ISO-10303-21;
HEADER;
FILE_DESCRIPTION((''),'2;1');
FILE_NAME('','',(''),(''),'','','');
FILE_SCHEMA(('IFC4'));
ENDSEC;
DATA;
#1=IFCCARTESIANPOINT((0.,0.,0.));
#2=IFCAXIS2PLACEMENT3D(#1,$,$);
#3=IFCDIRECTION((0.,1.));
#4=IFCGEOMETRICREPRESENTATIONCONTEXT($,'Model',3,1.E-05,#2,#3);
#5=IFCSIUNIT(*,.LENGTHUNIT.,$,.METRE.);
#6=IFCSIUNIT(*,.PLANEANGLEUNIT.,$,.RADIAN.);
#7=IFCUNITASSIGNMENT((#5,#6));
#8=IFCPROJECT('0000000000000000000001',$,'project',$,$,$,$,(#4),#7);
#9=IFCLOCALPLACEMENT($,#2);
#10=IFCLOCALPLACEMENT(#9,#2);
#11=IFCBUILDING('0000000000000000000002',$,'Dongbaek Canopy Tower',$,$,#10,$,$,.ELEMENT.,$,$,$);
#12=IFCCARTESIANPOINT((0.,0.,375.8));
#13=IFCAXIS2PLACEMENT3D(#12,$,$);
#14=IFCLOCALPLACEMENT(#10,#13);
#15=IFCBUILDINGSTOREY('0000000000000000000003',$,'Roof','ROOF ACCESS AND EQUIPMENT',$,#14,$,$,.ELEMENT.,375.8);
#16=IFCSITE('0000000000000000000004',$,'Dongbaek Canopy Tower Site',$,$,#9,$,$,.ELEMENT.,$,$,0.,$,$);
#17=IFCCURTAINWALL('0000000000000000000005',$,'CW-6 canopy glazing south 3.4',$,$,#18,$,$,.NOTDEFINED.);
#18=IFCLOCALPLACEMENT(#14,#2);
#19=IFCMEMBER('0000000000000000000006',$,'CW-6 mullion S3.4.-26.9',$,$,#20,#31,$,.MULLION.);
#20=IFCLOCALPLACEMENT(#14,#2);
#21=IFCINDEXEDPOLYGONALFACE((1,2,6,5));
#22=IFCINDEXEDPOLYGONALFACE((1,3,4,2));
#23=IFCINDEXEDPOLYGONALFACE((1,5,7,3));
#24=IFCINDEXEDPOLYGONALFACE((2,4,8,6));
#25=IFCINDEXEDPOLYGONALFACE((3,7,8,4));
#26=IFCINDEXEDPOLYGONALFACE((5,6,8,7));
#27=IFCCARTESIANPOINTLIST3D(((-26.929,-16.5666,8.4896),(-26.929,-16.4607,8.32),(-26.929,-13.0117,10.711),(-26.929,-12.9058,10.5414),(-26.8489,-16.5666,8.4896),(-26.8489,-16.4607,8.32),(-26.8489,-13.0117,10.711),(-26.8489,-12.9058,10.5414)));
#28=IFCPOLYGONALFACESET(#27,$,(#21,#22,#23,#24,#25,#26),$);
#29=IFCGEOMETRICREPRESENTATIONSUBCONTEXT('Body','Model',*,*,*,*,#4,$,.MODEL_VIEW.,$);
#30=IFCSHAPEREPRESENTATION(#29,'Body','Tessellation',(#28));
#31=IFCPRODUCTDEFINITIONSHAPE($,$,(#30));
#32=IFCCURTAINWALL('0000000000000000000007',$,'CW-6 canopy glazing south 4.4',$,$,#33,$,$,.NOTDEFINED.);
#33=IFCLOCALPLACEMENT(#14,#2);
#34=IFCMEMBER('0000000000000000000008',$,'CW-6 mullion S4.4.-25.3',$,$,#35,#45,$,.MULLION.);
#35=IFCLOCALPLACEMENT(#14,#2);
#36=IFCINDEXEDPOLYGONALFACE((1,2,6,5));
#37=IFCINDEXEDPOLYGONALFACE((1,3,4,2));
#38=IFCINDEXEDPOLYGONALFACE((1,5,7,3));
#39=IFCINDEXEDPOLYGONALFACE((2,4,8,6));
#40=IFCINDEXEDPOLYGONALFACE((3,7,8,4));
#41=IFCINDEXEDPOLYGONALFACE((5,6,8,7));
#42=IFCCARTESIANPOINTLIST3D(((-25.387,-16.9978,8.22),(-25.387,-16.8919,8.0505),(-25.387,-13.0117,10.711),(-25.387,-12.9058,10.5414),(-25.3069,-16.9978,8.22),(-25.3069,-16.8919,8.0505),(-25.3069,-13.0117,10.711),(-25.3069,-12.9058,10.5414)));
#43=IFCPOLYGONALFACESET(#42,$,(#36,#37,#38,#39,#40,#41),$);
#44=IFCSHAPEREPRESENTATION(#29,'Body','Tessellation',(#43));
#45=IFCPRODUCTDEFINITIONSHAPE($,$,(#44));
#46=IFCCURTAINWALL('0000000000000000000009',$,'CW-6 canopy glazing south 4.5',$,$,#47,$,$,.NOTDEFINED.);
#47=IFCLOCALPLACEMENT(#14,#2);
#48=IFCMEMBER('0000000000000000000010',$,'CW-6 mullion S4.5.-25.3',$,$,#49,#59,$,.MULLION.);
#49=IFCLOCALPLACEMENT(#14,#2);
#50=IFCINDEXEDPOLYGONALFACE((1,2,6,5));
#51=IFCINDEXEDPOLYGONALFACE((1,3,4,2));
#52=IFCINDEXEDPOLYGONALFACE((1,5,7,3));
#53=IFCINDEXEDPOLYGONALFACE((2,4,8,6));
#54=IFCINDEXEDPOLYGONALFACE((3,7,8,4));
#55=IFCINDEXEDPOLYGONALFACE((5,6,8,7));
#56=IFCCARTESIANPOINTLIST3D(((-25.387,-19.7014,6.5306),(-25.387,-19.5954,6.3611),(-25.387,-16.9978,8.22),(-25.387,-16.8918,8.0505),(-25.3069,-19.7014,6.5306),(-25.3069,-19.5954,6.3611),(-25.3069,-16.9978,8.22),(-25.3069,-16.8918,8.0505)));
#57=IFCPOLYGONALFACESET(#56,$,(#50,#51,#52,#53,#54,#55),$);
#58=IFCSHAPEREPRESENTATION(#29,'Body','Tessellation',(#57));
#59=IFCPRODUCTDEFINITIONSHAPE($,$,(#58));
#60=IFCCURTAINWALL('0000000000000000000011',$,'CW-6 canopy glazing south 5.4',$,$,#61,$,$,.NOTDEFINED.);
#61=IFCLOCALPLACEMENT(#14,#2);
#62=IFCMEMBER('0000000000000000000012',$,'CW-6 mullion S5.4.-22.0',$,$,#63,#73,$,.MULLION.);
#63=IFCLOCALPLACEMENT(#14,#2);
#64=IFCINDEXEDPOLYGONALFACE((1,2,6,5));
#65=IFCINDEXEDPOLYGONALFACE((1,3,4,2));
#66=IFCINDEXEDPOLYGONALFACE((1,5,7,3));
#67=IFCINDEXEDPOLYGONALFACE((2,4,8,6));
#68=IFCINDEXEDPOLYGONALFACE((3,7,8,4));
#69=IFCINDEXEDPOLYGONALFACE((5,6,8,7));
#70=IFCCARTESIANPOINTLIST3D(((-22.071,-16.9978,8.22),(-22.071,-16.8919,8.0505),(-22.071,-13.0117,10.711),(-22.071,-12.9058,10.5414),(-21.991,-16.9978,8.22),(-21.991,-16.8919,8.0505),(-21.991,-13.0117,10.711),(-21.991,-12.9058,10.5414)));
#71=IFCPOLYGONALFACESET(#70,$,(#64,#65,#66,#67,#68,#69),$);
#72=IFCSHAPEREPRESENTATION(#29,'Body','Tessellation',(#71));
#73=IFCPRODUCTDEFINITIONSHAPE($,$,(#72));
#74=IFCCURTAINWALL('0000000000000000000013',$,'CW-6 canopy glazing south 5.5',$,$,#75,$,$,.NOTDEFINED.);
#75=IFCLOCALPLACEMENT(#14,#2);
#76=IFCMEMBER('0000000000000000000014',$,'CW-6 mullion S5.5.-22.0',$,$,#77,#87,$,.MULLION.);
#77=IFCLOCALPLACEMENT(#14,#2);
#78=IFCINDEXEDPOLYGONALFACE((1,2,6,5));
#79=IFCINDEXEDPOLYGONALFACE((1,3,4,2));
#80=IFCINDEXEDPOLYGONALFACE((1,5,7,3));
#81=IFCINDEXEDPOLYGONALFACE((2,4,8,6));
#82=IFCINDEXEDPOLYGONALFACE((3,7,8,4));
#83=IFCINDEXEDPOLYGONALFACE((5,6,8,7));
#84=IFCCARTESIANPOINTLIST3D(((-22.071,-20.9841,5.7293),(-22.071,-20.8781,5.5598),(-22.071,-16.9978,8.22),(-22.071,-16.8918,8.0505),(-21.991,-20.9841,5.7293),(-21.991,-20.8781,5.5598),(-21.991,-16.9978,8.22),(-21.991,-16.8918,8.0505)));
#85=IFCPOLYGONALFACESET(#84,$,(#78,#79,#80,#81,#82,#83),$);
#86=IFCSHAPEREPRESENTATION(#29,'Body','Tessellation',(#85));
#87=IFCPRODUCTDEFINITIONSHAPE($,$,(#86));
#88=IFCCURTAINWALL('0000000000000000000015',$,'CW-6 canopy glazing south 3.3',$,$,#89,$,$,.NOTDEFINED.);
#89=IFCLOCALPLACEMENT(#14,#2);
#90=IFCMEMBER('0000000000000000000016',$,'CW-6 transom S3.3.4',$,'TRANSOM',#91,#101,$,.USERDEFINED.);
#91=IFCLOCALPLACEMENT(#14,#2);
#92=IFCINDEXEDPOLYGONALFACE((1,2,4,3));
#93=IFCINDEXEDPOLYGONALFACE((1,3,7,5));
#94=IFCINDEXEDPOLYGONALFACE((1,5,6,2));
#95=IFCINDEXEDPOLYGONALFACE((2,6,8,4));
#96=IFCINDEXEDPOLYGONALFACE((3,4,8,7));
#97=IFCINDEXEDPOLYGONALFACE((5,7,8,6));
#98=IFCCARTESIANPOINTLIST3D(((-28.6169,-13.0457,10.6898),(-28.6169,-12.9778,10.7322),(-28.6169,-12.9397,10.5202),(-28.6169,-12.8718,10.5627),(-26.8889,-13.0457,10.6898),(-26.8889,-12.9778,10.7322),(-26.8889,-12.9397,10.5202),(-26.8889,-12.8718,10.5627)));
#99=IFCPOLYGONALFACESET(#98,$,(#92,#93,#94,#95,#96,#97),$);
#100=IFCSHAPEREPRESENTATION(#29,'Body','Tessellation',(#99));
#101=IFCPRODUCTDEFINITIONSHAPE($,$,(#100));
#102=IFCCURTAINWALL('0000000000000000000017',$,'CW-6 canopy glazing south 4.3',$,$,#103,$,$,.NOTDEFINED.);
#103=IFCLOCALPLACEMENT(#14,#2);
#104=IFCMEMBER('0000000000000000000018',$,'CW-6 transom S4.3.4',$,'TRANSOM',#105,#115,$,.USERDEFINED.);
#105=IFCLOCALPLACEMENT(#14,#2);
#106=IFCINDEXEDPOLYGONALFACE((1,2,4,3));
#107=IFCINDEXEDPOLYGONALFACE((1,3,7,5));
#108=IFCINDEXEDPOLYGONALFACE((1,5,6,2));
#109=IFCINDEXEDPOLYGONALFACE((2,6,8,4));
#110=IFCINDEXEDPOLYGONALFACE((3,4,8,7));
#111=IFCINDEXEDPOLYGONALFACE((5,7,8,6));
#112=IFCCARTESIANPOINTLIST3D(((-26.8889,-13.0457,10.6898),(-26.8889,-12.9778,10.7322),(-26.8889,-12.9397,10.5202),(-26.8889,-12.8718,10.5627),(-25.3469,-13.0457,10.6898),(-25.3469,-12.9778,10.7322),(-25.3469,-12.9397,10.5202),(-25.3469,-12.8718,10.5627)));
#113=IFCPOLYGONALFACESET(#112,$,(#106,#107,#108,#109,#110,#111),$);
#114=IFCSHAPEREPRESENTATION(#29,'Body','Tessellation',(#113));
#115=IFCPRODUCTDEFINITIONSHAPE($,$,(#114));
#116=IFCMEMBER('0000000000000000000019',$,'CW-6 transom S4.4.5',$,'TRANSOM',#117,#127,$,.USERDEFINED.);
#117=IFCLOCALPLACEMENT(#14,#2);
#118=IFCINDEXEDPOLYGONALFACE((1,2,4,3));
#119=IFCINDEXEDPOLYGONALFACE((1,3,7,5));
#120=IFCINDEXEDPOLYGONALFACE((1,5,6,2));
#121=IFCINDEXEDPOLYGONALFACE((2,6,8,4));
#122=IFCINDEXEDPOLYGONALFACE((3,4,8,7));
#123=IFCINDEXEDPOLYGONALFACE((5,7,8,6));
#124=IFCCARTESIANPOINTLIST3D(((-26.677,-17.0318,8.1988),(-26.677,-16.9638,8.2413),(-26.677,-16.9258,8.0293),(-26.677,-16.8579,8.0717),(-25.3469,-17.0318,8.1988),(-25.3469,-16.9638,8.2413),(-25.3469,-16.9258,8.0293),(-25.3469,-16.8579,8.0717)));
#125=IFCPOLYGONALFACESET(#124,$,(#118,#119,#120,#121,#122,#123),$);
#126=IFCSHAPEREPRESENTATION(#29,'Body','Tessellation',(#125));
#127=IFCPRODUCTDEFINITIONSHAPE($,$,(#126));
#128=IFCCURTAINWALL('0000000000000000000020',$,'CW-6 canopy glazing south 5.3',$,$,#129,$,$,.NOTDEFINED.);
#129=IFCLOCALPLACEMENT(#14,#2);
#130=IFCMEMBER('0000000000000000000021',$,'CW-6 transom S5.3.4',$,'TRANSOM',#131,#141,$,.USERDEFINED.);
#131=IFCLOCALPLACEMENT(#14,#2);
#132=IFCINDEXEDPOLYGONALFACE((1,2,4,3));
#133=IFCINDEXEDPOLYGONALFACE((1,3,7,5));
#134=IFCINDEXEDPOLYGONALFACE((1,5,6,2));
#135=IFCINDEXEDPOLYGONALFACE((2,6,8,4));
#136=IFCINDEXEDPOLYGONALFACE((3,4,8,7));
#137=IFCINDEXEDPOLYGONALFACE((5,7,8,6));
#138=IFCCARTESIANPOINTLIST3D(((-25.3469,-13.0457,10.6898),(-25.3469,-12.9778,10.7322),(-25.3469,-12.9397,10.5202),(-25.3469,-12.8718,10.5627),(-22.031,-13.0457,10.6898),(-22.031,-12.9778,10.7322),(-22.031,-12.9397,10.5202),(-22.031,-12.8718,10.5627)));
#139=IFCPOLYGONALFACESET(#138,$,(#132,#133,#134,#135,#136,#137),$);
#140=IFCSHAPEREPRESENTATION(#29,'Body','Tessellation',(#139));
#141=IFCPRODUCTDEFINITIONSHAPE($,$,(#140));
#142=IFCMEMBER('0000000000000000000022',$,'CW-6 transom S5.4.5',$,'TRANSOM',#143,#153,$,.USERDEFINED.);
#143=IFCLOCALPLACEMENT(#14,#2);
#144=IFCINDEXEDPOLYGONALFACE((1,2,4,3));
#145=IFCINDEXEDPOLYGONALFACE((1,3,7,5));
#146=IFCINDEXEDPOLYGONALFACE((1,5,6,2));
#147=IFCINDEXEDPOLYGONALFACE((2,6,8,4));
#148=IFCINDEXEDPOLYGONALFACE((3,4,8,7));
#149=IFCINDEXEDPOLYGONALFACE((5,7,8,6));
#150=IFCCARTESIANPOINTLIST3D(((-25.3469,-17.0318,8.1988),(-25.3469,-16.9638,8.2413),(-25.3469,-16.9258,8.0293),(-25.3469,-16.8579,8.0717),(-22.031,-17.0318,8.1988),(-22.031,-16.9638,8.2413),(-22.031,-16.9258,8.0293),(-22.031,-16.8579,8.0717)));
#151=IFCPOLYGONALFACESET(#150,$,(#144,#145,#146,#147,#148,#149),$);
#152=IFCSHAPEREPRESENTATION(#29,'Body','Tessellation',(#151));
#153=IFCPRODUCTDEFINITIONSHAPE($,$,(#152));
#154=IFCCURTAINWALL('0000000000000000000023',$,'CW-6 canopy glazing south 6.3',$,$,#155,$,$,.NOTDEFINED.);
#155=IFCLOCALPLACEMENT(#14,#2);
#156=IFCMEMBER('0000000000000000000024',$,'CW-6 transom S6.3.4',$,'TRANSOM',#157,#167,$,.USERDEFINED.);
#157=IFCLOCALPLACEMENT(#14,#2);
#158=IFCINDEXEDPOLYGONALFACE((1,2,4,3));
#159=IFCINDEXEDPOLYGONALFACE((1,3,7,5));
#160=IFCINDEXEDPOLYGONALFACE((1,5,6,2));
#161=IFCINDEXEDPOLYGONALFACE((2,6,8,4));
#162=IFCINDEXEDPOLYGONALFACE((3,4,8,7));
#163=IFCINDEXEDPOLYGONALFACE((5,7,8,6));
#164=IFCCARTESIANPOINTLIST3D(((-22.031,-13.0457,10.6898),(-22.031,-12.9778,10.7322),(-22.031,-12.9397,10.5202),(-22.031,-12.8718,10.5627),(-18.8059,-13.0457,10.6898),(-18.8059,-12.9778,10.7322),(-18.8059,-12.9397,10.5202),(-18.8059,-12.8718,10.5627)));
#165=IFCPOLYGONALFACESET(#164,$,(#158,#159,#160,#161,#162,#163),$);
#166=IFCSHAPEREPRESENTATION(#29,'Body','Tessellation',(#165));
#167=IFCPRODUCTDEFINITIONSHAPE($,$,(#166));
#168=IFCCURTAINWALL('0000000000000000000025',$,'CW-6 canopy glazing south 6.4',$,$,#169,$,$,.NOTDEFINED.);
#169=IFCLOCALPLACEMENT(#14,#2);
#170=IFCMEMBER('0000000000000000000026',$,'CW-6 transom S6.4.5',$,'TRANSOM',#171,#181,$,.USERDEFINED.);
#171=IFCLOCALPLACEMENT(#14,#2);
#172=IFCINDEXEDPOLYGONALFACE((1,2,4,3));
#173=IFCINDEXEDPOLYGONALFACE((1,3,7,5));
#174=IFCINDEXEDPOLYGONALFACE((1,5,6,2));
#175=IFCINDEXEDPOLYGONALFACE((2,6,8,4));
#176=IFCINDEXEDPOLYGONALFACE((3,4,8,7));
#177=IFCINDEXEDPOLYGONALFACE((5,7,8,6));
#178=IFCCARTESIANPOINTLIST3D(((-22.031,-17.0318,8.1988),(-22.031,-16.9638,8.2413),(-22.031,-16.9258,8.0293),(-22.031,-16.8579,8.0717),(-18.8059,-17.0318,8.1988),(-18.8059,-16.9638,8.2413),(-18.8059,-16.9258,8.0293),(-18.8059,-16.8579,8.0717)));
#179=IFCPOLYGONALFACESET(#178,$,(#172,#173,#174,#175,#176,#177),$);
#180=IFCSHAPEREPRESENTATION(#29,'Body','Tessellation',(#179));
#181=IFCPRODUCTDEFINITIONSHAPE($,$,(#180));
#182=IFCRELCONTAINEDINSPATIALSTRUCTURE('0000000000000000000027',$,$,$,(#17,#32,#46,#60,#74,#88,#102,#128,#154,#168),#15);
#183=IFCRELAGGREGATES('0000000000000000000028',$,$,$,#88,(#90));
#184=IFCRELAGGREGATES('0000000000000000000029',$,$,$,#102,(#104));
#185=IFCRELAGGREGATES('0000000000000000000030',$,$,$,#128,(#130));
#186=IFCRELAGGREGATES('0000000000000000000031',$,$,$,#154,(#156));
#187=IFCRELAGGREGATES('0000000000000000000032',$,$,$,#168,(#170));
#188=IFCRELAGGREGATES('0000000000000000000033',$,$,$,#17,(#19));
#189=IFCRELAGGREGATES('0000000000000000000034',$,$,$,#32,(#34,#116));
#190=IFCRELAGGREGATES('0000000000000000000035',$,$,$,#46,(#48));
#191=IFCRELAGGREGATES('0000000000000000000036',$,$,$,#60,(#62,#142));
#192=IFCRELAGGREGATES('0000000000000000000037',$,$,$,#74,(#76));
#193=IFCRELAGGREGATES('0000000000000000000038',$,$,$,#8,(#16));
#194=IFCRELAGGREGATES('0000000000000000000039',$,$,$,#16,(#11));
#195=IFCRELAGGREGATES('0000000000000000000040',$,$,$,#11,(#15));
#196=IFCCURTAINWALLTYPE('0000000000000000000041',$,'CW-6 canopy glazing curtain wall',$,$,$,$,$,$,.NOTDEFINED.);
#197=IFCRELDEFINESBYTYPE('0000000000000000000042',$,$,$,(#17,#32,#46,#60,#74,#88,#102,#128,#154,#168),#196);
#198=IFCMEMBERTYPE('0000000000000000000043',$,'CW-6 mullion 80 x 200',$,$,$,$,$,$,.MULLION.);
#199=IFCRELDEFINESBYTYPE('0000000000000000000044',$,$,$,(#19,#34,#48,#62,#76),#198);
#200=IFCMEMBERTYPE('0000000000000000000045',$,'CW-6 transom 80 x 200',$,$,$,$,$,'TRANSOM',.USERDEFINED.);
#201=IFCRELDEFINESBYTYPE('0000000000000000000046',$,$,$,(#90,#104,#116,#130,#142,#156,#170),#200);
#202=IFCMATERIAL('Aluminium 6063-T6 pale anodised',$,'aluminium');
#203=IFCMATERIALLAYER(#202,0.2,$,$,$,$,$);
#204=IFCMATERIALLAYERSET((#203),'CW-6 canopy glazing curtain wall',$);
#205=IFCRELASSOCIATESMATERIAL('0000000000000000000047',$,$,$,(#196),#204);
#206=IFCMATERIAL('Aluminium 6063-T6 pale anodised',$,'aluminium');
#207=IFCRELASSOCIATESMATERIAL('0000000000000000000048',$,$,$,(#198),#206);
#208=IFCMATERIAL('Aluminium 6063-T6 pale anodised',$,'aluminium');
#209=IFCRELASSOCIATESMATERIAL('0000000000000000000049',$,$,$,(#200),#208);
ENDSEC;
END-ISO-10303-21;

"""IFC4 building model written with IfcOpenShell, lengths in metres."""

from ifc_helpers import new_model, si_unit, direction, frame, origin, origin_2d, place, context, subcontext, project, spatial, rectangle, extrude, material, layer, layer_set, material_profile, profile_set, type_object, element, aggregate, save


model = new_model("IFC4")

# Units and contexts
model_context = context("Model", 3, precision=1e-05, world=origin(), true_north=direction((0.0, 1.0)))
body_context = subcontext(model_context, "Body", "Model", "MODEL_VIEW")
ifc_project = project(units=[si_unit("LENGTHUNIT", "METRE"), si_unit("PLANEANGLEUNIT", "RADIAN")], contexts=[model_context])

# Site, building, storey
site_placement = place(None, origin())
site = spatial("IfcSite", under=ifc_project, at=site_placement, Name="Dongbaek Canopy Tower Site", CompositionType="ELEMENT", RefElevation=0.0)
building_placement = place(site_placement, origin())
building = spatial("IfcBuilding", under=site, at=building_placement, Name="Dongbaek Canopy Tower", CompositionType="ELEMENT")
storey_placement = place(building_placement, frame((0.0, 0.0, 375.8)))
storey = spatial("IfcBuildingStorey", under=building, at=storey_placement, Name="Roof", Description="ROOF ACCESS AND EQUIPMENT", CompositionType="ELEMENT", Elevation=375.8)

# Curtain walls, members
ifc_material_1 = material(Name="Aluminium 6063-T6 pale anodised", Category="aluminium")
ifc_layer_1 = layer(ifc_material_1, 0.2)
ifc_layer_set_1 = layer_set([ifc_layer_1], Name="CW-6 canopy glazing curtain wall")
curtain_wall_type = type_object("IfcCurtainWallType", Name="CW-6 canopy glazing curtain wall", PredefinedType="NOTDEFINED", material=ifc_layer_set_1)
curtain_wall_1_placement = place(storey_placement, origin())
curtain_wall_1 = element("IfcCurtainWall", 1, at=curtain_wall_1_placement, inside=storey, type_object=curtain_wall_type, Name="CW-6 canopy glazing south 3.4", PredefinedType="NOTDEFINED")
ifc_material_2 = material(Name="Aluminium 6063-T6 pale anodised", Category="aluminium")
ifc_material_profile_1 = material_profile(ifc_material_2, rectangle(XDim=0.0801, YDim=0.2, at=origin_2d()), Name="CW-6 mullion 80 x 200")
ifc_profile_set_1 = profile_set([ifc_material_profile_1], Name="Aluminium 6063-T6 pale anodised")
member_type_1 = type_object("IfcMemberType", Name="CW-6 mullion 80 x 200", PredefinedType="MULLION", material=ifc_profile_set_1)
member_1_placement = place(storey_placement, frame((-26.8889, -12.9587, 10.6262), z_axis=(0.0, -0.848041, -0.529931), x_axis=(1.0, 0.0, 0.0)))
member_1 = element("IfcMember", 2, at=member_1_placement, type_object=member_type_1, Name="CW-6 mullion S3.4.-26.9", PredefinedType="MULLION", context=body_context, shape_type="SweptSolid", body=[
    extrude(rectangle(XDim=0.0801, YDim=0.2, at=origin_2d()), origin(), (0.0, 0.0, 1.0), 4.1919),
])
curtain_wall_2_placement = place(storey_placement, origin())
curtain_wall_2 = element("IfcCurtainWall", 3, at=curtain_wall_2_placement, inside=storey, type_object=curtain_wall_type, Name="CW-6 canopy glazing south 4.4", PredefinedType="NOTDEFINED")
member_2_placement = place(storey_placement, frame((-25.3469, -12.9587, 10.6262), z_axis=(0.0, -0.84803, -0.529948), x_axis=(1.0, 0.0, 0.0)))
member_2 = element("IfcMember", 4, at=member_2_placement, type_object=member_type_1, Name="CW-6 mullion S4.4.-25.3", PredefinedType="MULLION", context=body_context, shape_type="SweptSolid", body=[
    extrude(rectangle(XDim=0.0801, YDim=0.2, at=origin_2d()), origin(), (0.0, 0.0, 1.0), 4.7004),
])
curtain_wall_3_placement = place(storey_placement, origin())
curtain_wall_3 = element("IfcCurtainWall", 5, at=curtain_wall_3_placement, inside=storey, type_object=curtain_wall_type, Name="CW-6 canopy glazing south 4.5", PredefinedType="NOTDEFINED")
member_3_placement = place(storey_placement, frame((-25.3469, -16.9448, 8.1353), z_axis=(0.0, -0.848041, -0.52993), x_axis=(1.0, 0.0, 0.0)))
member_3 = element("IfcMember", 6, at=member_3_placement, type_object=member_type_1, Name="CW-6 mullion S4.5.-25.3", PredefinedType="MULLION", context=body_context, shape_type="SweptSolid", body=[
    extrude(rectangle(XDim=0.0801, YDim=0.2, at=origin_2d()), origin(), (0.0, 0.0, 1.0), 3.188),
])
curtain_wall_4_placement = place(storey_placement, origin())
curtain_wall_4 = element("IfcCurtainWall", 7, at=curtain_wall_4_placement, inside=storey, type_object=curtain_wall_type, Name="CW-6 canopy glazing south 5.4", PredefinedType="NOTDEFINED")
member_4_placement = place(storey_placement, frame((-22.031, -12.9587, 10.6262), z_axis=(0.0, -0.84803, -0.529948), x_axis=(1.0, 0.0, 0.0)))
member_4 = element("IfcMember", 8, at=member_4_placement, type_object=member_type_1, Name="CW-6 mullion S5.4.-22.0", PredefinedType="MULLION", context=body_context, shape_type="SweptSolid", body=[
    extrude(rectangle(XDim=0.0801, YDim=0.2, at=origin_2d()), origin(), (0.0, 0.0, 1.0), 4.7004),
])
curtain_wall_5_placement = place(storey_placement, origin())
curtain_wall_5 = element("IfcCurtainWall", 9, at=curtain_wall_5_placement, inside=storey, type_object=curtain_wall_type, Name="CW-6 canopy glazing south 5.5", PredefinedType="NOTDEFINED")
member_5_placement = place(storey_placement, frame((-22.031, -16.9448, 8.1353), z_axis=(0.0, -0.848068, -0.529887), x_axis=(1.0, 0.0, 0.0)))
member_5 = element("IfcMember", 10, at=member_5_placement, type_object=member_type_1, Name="CW-6 mullion S5.5.-22.0", PredefinedType="MULLION", context=body_context, shape_type="SweptSolid", body=[
    extrude(rectangle(XDim=0.0801, YDim=0.2, at=origin_2d()), origin(), (0.0, 0.0, 1.0), 4.7004),
])
curtain_wall_6_placement = place(storey_placement, origin())
curtain_wall_6 = element("IfcCurtainWall", 11, at=curtain_wall_6_placement, inside=storey, type_object=curtain_wall_type, Name="CW-6 canopy glazing south 3.3", PredefinedType="NOTDEFINED")
ifc_material_3 = material(Name="Aluminium 6063-T6 pale anodised", Category="aluminium")
ifc_material_profile_2 = material_profile(ifc_material_3, rectangle(XDim=0.0801, YDim=0.2, at=origin_2d()), Name="CW-6 transom 80 x 200")
ifc_profile_set_2 = profile_set([ifc_material_profile_2], Name="Aluminium 6063-T6 pale anodised")
member_type_2 = type_object("IfcMemberType", Name="CW-6 transom 80 x 200", ElementType="TRANSOM", PredefinedType="USERDEFINED", material=ifc_profile_set_2)
member_6_placement = place(storey_placement, frame((-28.6169, -12.9587, 10.6262), z_axis=(1.0, 0.0, 0.0), x_axis=(0.0, 0.848048, 0.529919)))
member_6 = element("IfcMember", 12, at=member_6_placement, type_object=member_type_2, Name="CW-6 transom S3.3.4", ObjectType="TRANSOM", PredefinedType="USERDEFINED", context=body_context, shape_type="SweptSolid", body=[
    extrude(rectangle(XDim=0.0801, YDim=0.2, at=origin_2d()), origin(), (0.0, 0.0, 1.0), 1.728),
])
aggregate(curtain_wall_6, [member_6])
curtain_wall_7_placement = place(storey_placement, origin())
curtain_wall_7 = element("IfcCurtainWall", 13, at=curtain_wall_7_placement, inside=storey, type_object=curtain_wall_type, Name="CW-6 canopy glazing south 4.3", PredefinedType="NOTDEFINED")
member_7_placement = place(storey_placement, frame((-26.8889, -12.9587, 10.6262), z_axis=(1.0, 0.0, 0.0), x_axis=(0.0, 0.848048, 0.529919)))
member_7 = element("IfcMember", 14, at=member_7_placement, type_object=member_type_2, Name="CW-6 transom S4.3.4", ObjectType="TRANSOM", PredefinedType="USERDEFINED", context=body_context, shape_type="SweptSolid", body=[
    extrude(rectangle(XDim=0.0801, YDim=0.2, at=origin_2d()), origin(), (0.0, 0.0, 1.0), 1.542),
])
aggregate(curtain_wall_7, [member_7])

# Member
member_8_placement = place(storey_placement, frame((-26.677, -16.9448, 8.1353), z_axis=(1.0, 0.0, 0.0), x_axis=(0.0, 0.848048, 0.529919)))
member_8 = element("IfcMember", 15, at=member_8_placement, type_object=member_type_2, Name="CW-6 transom S4.4.5", ObjectType="TRANSOM", PredefinedType="USERDEFINED", context=body_context, shape_type="SweptSolid", body=[
    extrude(rectangle(XDim=0.0801, YDim=0.2, at=origin_2d()), origin(), (0.0, 0.0, 1.0), 1.3301),
])

# Curtain wall, member
curtain_wall_8_placement = place(storey_placement, origin())
curtain_wall_8 = element("IfcCurtainWall", 16, at=curtain_wall_8_placement, inside=storey, type_object=curtain_wall_type, Name="CW-6 canopy glazing south 5.3", PredefinedType="NOTDEFINED")
member_9_placement = place(storey_placement, frame((-25.3469, -12.9587, 10.6262), z_axis=(1.0, 0.0, 0.0), x_axis=(0.0, 0.848048, 0.529919)))
member_9 = element("IfcMember", 17, at=member_9_placement, type_object=member_type_2, Name="CW-6 transom S5.3.4", ObjectType="TRANSOM", PredefinedType="USERDEFINED", context=body_context, shape_type="SweptSolid", body=[
    extrude(rectangle(XDim=0.0801, YDim=0.2, at=origin_2d()), origin(), (0.0, 0.0, 1.0), 3.3159),
])
aggregate(curtain_wall_8, [member_9])

# Member
member_10_placement = place(storey_placement, frame((-25.3469, -16.9448, 8.1353), z_axis=(1.0, 0.0, 0.0), x_axis=(0.0, 0.848048, 0.529919)))
member_10 = element("IfcMember", 18, at=member_10_placement, type_object=member_type_2, Name="CW-6 transom S5.4.5", ObjectType="TRANSOM", PredefinedType="USERDEFINED", context=body_context, shape_type="SweptSolid", body=[
    extrude(rectangle(XDim=0.0801, YDim=0.2, at=origin_2d()), origin(), (0.0, 0.0, 1.0), 3.3159),
])

# Curtain walls, members
curtain_wall_9_placement = place(storey_placement, origin())
curtain_wall_9 = element("IfcCurtainWall", 19, at=curtain_wall_9_placement, inside=storey, type_object=curtain_wall_type, Name="CW-6 canopy glazing south 6.3", PredefinedType="NOTDEFINED")
member_11_placement = place(storey_placement, frame((-22.031, -12.9587, 10.6262), z_axis=(1.0, 0.0, 0.0), x_axis=(0.0, 0.848048, 0.529919)))
member_11 = element("IfcMember", 20, at=member_11_placement, type_object=member_type_2, Name="CW-6 transom S6.3.4", ObjectType="TRANSOM", PredefinedType="USERDEFINED", context=body_context, shape_type="SweptSolid", body=[
    extrude(rectangle(XDim=0.0801, YDim=0.2, at=origin_2d()), origin(), (0.0, 0.0, 1.0), 3.2251),
])
aggregate(curtain_wall_9, [member_11])
curtain_wall_10_placement = place(storey_placement, origin())
curtain_wall_10 = element("IfcCurtainWall", 21, at=curtain_wall_10_placement, inside=storey, type_object=curtain_wall_type, Name="CW-6 canopy glazing south 6.4", PredefinedType="NOTDEFINED")
member_12_placement = place(storey_placement, frame((-22.031, -16.9448, 8.1353), z_axis=(1.0, 0.0, 0.0), x_axis=(0.0, 0.848048, 0.529919)))
member_12 = element("IfcMember", 22, at=member_12_placement, type_object=member_type_2, Name="CW-6 transom S6.4.5", ObjectType="TRANSOM", PredefinedType="USERDEFINED", context=body_context, shape_type="SweptSolid", body=[
    extrude(rectangle(XDim=0.0801, YDim=0.2, at=origin_2d()), origin(), (0.0, 0.0, 1.0), 3.2251),
])
aggregate(curtain_wall_10, [member_12])

aggregate(curtain_wall_1, [member_1])
aggregate(curtain_wall_2, [member_2, member_8])
aggregate(curtain_wall_3, [member_3])
aggregate(curtain_wall_4, [member_4, member_10])
aggregate(curtain_wall_5, [member_5])

save(model, "model.ifc")
